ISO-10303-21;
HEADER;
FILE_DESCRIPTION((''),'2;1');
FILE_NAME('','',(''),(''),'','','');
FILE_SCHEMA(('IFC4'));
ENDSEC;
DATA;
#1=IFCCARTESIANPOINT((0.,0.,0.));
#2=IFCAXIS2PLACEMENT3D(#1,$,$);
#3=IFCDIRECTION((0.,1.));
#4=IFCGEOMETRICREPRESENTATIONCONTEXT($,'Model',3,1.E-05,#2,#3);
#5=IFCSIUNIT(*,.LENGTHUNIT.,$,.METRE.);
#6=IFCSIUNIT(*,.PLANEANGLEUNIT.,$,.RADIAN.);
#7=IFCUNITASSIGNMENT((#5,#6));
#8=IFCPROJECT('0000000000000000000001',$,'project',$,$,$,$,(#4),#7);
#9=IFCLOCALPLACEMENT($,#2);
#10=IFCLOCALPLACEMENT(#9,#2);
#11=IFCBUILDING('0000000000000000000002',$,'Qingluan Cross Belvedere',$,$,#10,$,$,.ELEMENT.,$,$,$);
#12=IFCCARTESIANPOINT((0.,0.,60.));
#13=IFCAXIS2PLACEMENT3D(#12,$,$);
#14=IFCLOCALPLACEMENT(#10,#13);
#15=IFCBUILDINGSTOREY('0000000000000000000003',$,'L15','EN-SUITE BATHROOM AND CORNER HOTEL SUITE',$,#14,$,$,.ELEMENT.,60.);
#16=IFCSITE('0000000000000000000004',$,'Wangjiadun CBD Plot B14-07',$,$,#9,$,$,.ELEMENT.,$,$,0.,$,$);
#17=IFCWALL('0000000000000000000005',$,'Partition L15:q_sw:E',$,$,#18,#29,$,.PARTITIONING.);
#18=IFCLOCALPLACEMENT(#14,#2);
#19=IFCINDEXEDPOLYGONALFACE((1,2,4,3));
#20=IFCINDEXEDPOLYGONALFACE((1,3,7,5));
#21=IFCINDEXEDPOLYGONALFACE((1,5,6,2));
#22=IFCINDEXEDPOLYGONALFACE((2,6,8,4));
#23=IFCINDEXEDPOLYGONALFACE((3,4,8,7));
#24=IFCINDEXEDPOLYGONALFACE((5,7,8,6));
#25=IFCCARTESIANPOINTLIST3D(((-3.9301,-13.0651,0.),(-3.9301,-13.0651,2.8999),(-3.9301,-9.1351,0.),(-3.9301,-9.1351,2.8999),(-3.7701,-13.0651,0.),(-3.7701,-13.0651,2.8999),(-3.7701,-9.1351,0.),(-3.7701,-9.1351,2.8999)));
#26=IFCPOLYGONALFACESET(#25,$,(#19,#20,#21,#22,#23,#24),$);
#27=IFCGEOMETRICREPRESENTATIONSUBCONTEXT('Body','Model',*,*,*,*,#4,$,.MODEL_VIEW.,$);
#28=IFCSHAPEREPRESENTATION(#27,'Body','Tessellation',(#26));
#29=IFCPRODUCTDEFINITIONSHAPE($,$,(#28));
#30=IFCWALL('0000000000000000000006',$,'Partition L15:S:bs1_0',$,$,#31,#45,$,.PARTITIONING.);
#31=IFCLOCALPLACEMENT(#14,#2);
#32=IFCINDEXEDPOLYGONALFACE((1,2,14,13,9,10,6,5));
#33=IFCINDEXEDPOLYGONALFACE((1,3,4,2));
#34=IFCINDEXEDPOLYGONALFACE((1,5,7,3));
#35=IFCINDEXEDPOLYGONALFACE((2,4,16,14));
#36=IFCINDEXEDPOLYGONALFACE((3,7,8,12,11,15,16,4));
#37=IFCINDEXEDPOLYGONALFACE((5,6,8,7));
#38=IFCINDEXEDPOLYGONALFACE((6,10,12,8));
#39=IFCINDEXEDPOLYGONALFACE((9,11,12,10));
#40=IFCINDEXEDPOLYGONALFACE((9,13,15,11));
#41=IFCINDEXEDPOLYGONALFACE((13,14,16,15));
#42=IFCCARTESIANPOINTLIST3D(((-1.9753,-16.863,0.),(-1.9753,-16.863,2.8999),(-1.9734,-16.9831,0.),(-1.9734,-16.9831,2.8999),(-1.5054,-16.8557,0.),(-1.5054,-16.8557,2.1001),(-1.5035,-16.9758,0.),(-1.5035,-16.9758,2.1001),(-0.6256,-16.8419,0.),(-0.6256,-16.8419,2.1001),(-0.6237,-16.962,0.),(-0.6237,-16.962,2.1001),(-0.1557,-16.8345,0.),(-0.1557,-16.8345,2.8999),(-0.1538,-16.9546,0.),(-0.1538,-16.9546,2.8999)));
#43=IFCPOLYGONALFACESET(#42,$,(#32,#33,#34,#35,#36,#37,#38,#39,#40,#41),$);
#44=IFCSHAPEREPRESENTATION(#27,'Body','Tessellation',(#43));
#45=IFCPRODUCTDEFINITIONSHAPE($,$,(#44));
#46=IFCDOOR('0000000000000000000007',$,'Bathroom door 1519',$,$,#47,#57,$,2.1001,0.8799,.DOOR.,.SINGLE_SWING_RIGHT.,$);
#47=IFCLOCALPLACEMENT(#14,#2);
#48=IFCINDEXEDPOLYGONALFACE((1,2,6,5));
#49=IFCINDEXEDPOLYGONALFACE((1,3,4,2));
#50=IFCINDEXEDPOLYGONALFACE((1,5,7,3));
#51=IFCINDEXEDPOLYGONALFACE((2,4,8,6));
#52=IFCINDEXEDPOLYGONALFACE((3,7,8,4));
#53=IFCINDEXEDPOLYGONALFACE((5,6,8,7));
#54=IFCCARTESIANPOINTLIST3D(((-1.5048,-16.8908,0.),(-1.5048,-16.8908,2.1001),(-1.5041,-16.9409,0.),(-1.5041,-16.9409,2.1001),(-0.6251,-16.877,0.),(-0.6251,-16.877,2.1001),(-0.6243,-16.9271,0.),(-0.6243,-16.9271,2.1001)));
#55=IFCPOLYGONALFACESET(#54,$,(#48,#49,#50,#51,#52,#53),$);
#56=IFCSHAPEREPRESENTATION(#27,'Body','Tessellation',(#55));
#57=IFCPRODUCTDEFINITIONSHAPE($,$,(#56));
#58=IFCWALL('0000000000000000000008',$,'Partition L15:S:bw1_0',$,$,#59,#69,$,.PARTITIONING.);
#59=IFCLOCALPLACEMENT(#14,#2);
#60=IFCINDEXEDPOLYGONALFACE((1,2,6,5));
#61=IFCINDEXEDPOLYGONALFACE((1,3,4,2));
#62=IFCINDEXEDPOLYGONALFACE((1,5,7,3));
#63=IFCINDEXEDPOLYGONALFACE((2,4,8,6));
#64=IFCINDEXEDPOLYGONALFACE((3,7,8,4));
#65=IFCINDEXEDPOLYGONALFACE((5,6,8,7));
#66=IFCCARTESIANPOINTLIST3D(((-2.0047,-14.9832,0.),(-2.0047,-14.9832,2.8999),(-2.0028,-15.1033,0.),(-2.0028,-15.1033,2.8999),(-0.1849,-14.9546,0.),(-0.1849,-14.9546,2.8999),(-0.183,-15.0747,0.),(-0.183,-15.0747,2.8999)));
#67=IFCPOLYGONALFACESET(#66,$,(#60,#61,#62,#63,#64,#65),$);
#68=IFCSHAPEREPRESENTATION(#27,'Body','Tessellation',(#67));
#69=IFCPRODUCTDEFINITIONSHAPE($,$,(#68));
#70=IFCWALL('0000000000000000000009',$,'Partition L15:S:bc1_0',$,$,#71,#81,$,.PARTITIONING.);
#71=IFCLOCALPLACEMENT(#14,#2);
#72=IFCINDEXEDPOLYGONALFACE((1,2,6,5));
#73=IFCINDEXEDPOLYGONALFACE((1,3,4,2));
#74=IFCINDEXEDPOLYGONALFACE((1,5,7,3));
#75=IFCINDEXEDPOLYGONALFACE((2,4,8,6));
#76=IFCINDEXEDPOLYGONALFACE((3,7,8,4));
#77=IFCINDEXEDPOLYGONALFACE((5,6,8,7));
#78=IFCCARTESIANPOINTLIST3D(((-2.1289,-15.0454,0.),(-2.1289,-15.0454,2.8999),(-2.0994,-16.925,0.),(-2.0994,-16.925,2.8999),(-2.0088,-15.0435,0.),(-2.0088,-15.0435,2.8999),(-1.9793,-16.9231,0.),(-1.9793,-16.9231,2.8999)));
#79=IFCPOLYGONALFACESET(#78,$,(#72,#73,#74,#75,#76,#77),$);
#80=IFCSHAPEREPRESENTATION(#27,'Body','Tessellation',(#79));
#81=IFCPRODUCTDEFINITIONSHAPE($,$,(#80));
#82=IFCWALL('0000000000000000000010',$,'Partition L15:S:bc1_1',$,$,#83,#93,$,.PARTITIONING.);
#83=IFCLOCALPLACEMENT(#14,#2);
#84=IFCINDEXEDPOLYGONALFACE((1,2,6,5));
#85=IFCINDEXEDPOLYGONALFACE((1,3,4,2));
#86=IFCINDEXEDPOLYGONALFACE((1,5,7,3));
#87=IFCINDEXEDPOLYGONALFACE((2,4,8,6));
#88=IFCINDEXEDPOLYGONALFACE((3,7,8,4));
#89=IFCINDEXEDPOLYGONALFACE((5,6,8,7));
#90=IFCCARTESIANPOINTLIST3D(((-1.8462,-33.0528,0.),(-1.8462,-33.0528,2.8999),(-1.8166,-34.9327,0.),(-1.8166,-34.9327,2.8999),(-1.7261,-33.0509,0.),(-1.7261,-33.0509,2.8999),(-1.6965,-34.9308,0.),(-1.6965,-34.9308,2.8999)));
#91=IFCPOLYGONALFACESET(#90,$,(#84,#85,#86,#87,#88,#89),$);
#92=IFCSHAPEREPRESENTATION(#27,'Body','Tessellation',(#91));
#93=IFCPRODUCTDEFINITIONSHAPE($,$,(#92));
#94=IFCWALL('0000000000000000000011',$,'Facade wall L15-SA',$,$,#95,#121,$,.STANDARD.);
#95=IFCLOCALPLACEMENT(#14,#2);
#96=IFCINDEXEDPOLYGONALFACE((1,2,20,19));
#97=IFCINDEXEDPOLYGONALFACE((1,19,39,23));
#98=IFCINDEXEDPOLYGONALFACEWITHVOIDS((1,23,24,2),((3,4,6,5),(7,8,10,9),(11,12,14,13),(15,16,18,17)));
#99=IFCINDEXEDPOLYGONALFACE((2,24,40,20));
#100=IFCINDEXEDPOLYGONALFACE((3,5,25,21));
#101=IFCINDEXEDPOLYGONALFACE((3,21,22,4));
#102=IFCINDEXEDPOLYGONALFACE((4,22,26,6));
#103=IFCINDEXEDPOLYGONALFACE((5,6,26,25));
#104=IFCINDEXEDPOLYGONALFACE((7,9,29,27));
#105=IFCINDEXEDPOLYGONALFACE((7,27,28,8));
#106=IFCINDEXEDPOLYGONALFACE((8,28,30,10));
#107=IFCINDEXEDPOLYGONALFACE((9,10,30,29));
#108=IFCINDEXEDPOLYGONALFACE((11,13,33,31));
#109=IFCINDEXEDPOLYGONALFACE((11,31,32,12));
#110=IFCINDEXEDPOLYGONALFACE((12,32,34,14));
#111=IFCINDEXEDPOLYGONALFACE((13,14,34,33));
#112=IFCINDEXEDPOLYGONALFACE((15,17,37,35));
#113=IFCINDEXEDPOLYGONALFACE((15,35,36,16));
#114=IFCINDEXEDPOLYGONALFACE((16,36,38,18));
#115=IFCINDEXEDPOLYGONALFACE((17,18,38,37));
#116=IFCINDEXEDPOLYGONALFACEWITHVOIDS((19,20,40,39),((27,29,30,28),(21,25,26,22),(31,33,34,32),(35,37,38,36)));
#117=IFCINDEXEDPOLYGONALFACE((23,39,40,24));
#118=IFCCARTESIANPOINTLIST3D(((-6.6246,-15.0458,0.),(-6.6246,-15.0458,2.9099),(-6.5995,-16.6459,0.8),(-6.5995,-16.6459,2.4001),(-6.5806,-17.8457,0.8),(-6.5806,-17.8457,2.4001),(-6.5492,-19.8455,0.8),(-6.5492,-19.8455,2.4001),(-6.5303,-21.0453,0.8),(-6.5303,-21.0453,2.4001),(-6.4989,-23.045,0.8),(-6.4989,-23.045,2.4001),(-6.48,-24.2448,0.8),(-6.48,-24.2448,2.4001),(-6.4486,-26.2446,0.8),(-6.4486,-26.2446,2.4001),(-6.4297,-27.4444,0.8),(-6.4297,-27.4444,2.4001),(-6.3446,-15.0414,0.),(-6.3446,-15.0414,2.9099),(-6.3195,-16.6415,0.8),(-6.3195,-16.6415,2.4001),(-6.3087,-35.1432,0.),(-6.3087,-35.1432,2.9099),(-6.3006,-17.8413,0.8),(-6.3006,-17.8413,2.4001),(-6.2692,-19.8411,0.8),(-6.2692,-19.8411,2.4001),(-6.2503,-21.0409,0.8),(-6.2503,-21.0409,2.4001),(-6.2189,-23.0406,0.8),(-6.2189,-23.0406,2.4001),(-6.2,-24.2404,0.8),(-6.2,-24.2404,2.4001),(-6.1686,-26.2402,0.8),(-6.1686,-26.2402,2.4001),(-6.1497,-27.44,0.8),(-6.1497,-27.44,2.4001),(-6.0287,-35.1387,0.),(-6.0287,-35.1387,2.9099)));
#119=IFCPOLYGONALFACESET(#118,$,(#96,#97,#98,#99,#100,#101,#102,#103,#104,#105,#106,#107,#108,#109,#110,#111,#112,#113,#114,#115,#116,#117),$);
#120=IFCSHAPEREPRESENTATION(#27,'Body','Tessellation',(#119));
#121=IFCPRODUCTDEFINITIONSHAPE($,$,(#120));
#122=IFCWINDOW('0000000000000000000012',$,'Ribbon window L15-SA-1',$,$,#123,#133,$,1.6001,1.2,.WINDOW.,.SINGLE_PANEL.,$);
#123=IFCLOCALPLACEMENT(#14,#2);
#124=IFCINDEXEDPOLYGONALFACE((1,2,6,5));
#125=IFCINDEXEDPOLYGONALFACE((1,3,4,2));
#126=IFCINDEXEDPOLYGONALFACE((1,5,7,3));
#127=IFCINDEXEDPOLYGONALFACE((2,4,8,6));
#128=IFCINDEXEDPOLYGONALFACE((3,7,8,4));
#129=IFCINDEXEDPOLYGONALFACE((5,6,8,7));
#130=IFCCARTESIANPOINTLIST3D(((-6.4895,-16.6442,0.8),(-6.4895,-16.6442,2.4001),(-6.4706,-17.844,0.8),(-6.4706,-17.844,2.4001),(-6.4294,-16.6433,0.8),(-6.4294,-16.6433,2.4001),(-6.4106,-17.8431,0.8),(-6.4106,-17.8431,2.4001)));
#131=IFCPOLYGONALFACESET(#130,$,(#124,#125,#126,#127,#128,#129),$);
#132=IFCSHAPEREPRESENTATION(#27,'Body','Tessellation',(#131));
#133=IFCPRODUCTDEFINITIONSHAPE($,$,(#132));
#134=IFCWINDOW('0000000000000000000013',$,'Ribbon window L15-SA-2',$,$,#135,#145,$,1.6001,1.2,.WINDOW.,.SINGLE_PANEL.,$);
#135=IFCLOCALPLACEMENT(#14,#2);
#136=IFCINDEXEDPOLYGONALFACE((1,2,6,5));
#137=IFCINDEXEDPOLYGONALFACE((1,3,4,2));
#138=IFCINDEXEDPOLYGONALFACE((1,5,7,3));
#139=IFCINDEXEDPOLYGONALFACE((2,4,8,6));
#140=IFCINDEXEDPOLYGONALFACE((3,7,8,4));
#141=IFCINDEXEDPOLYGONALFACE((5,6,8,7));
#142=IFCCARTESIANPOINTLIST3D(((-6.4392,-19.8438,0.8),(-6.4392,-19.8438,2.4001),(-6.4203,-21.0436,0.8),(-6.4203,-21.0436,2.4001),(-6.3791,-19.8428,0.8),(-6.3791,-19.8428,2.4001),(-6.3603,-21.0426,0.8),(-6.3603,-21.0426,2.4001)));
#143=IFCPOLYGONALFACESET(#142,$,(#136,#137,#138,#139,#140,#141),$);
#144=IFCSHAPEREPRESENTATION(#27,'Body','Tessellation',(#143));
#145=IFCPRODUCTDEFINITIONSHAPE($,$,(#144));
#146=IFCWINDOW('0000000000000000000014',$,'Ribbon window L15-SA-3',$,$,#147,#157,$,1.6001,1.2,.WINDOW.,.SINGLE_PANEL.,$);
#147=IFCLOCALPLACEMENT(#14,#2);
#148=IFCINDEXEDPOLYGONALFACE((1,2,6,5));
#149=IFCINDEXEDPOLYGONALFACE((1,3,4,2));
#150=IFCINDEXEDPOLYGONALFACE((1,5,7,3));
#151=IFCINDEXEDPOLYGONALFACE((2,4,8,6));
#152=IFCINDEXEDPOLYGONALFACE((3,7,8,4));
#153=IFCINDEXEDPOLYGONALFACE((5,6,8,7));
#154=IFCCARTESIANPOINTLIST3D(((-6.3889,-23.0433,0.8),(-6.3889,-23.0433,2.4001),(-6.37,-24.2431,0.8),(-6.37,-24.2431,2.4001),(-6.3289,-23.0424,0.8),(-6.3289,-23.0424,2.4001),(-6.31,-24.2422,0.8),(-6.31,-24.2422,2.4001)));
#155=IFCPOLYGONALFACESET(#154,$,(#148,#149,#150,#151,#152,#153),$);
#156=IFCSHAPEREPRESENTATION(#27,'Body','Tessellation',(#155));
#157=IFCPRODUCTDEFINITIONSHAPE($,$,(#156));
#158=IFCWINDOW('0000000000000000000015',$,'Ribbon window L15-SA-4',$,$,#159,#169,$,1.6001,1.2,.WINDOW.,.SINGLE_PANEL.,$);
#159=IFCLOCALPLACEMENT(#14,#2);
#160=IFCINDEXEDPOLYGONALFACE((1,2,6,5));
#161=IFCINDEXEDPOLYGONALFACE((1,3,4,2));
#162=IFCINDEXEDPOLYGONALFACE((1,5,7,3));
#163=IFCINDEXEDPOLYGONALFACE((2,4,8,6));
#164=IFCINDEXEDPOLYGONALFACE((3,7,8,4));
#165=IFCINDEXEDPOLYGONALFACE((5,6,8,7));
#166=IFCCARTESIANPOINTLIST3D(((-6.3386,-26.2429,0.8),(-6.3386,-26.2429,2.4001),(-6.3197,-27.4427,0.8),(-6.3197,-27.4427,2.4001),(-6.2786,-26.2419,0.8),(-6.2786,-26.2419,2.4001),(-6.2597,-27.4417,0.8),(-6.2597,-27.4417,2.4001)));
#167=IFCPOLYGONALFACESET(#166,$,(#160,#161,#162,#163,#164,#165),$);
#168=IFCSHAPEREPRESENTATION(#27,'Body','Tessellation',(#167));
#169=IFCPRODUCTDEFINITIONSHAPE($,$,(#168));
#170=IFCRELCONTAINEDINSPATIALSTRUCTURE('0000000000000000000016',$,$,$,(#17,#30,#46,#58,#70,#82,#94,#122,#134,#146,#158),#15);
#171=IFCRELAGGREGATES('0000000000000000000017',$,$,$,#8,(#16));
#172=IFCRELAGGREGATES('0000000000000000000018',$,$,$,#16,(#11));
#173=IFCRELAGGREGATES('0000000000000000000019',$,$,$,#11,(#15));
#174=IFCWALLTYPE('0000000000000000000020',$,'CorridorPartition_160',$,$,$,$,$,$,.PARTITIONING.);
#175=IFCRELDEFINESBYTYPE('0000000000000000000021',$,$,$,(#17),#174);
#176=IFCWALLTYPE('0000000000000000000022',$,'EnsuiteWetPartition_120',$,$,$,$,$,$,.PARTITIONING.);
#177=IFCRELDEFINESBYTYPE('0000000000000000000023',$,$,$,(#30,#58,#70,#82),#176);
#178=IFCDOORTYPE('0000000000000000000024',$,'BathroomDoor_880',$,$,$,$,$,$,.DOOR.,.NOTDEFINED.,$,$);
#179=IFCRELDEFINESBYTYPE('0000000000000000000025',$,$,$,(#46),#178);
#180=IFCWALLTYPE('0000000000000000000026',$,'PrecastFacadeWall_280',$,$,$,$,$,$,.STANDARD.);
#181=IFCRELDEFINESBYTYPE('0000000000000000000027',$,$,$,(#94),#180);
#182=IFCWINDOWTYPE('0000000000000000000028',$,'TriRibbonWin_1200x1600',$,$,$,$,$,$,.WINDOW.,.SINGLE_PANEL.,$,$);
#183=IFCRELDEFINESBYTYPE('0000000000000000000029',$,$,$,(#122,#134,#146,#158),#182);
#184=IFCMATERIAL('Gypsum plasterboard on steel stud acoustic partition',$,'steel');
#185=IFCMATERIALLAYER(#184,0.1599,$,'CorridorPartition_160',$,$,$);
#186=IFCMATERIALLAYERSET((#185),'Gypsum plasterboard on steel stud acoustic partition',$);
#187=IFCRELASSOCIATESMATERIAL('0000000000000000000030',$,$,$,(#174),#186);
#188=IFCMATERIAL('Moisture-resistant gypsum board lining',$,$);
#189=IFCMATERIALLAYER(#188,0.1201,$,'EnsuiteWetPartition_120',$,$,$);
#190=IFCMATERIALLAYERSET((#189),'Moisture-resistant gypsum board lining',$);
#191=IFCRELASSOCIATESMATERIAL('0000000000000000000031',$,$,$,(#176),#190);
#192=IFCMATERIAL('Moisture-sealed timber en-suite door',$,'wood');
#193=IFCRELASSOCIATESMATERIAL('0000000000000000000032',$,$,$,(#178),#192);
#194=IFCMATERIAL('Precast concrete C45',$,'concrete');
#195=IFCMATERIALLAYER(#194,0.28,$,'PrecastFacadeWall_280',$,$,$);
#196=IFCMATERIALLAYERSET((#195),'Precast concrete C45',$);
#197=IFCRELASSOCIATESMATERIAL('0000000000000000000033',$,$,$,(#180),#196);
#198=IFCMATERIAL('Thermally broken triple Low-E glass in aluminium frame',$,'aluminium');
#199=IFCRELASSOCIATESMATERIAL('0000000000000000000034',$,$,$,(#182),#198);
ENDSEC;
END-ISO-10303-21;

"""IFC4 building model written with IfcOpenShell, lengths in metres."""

from ifc_helpers import new_model, si_unit, direction, frame, frame_2d, origin, place, context, subcontext, project, spatial, rectangle, extrude, material, layer, layer_set, type_object, element, fill, save


model = new_model("IFC4")

# Units and contexts
model_context = context("Model", 3, precision=1e-05, world=origin(), true_north=direction((0.0, 1.0)))
body_context = subcontext(model_context, "Body", "Model", "MODEL_VIEW")
ifc_project = project(units=[si_unit("LENGTHUNIT", "METRE"), si_unit("PLANEANGLEUNIT", "RADIAN")], contexts=[model_context])

# Site, building, storey
site_placement = place(None, origin())
site = spatial("IfcSite", under=ifc_project, at=site_placement, Name="Wangjiadun CBD Plot B14-07", CompositionType="ELEMENT", RefElevation=0.0)
building_placement = place(site_placement, origin())
building = spatial("IfcBuilding", under=site, at=building_placement, Name="Qingluan Cross Belvedere", CompositionType="ELEMENT")
storey_placement = place(building_placement, frame((0.0, 0.0, 60.0)))
storey = spatial("IfcBuildingStorey", under=building, at=storey_placement, Name="L15", Description="EN-SUITE BATHROOM AND CORNER HOTEL SUITE", CompositionType="ELEMENT", Elevation=60.0)

# Wall
ifc_material_1 = material(Name="Gypsum plasterboard on steel stud acoustic partition", Category="steel")
ifc_layer_1 = layer(ifc_material_1, 0.1599, Name="CorridorPartition_160")
ifc_layer_set_1 = layer_set([ifc_layer_1], Name="Gypsum plasterboard on steel stud acoustic partition")
wall_type_1 = type_object("IfcWallType", Name="CorridorPartition_160", PredefinedType="PARTITIONING", material=ifc_layer_set_1)
wall_1_placement = place(storey_placement, frame((-3.8501, -13.0649, 0.0), z_axis=(0.0, 0.0, 1.0), x_axis=(0.0, 1.0, 0.0)))
element("IfcWall", 1, at=wall_1_placement, inside=storey, type_object=wall_type_1, Name="Partition L15:q_sw:E", PredefinedType="PARTITIONING", context=body_context, shape_type="SweptSolid", body=[
    extrude(rectangle(XDim=3.9299, YDim=0.1599, at=frame_2d((1.9648, 0.0))), origin(), (0.0, 0.0, 1.0), 2.8999),
])

# Wall, opening, door
ifc_material_2 = material(Name="Moisture-resistant gypsum board lining")
ifc_layer_2 = layer(ifc_material_2, 0.1201, Name="EnsuiteWetPartition_120")
ifc_layer_set_2 = layer_set([ifc_layer_2], Name="Moisture-resistant gypsum board lining")
wall_type_2 = type_object("IfcWallType", Name="EnsuiteWetPartition_120", PredefinedType="PARTITIONING", material=ifc_layer_set_2)
wall_2_placement = place(storey_placement, frame((-1.9744, -16.9231, 0.0), z_axis=(0.0, 0.0, 1.0), x_axis=(0.999877, 0.015696, 0.0)))
wall_2 = element("IfcWall", 2, at=wall_2_placement, inside=storey, type_object=wall_type_2, Name="Partition L15:S:bs1_0", PredefinedType="PARTITIONING", context=body_context, shape_type="SweptSolid", body=[
    extrude(rectangle(XDim=1.8198, YDim=0.1201, at=frame_2d((0.9099, 0.0))), origin(), (0.0, 0.0, 1.0), 2.8999),
])
opening_1_placement = place(wall_2_placement, frame((0.47, 0.0, 0.0)))
opening_1 = element("IfcOpeningElement", 3, at=opening_1_placement, cuts=wall_2, PredefinedType="OPENING", context=body_context, shape_type="SweptSolid", body=[
    extrude(rectangle(XDim=0.8799, YDim=2.1001, at=frame_2d((0.4399, 1.05))), frame((0.0, 0.0701, 0.0), z_axis=(0.0, -1.0, 0.0), x_axis=(1.0, 0.0, 0.0)), (0.0, 0.0, 1.0), 0.1401),
])
ifc_material_3 = material(Name="Moisture-sealed timber en-suite door", Category="wood")
door_type = type_object("IfcDoorType", Name="BathroomDoor_880", OperationType="NOTDEFINED", PredefinedType="DOOR", material=ifc_material_3)
door_placement = place(opening_1_placement, origin())
door = element("IfcDoor", 4, at=door_placement, inside=storey, type_object=door_type, Name="Bathroom door 1519", OperationType="SINGLE_SWING_RIGHT", OverallHeight=2.1001, OverallWidth=0.8799, PredefinedType="DOOR", context=body_context, shape_type="SweptSolid", body=[
    extrude(rectangle(XDim=0.8799, YDim=2.1001, at=frame_2d((0.4399, 1.05))), frame((0.0, 0.0249, 0.0), z_axis=(0.0, -1.0, 0.0), x_axis=(1.0, 0.0, 0.0)), (0.0, 0.0, 1.0), 0.05),
])
fill(opening_1, door)

# Walls
wall_3_placement = place(storey_placement, frame((-2.0039, -15.0432, 0.0), z_axis=(0.0, 0.0, 1.0), x_axis=(0.999877, 0.015694, 0.0)))
element("IfcWall", 5, at=wall_3_placement, inside=storey, type_object=wall_type_2, Name="Partition L15:S:bw1_0", PredefinedType="PARTITIONING", context=body_context, shape_type="SweptSolid", body=[
    extrude(rectangle(XDim=1.8201, YDim=0.1201, at=frame_2d((0.9102, 0.0))), origin(), (0.0, 0.0, 1.0), 2.8999),
])
wall_4_placement = place(storey_placement, frame((-2.0688, -15.0444, 0.0), z_axis=(0.0, 0.0, 1.0), x_axis=(0.015714, -0.999877, 0.0)))
element("IfcWall", 6, at=wall_4_placement, inside=storey, type_object=wall_type_2, Name="Partition L15:S:bc1_0", PredefinedType="PARTITIONING", context=body_context, shape_type="SweptSolid", body=[
    extrude(rectangle(XDim=1.8799, YDim=0.1201, at=frame_2d((0.9399, 0.0))), origin(), (0.0, 0.0, 1.0), 2.8999),
])
wall_5_placement = place(storey_placement, frame((-1.7861, -33.052, 0.0), z_axis=(0.0, 0.0, 1.0), x_axis=(0.015712, -0.999877, 0.0)))
element("IfcWall", 7, at=wall_5_placement, inside=storey, type_object=wall_type_2, Name="Partition L15:S:bc1_1", PredefinedType="PARTITIONING", context=body_context, shape_type="SweptSolid", body=[
    extrude(rectangle(XDim=1.8801, YDim=0.1201, at=frame_2d((0.9399, 0.0))), origin(), (0.0, 0.0, 1.0), 2.8999),
])

# Wall, openings, windows
ifc_material_4 = material(Name="Precast concrete C45", Category="concrete")
ifc_layer_3 = layer(ifc_material_4, 0.28, Name="PrecastFacadeWall_280")
ifc_layer_set_3 = layer_set([ifc_layer_3], Name="Precast concrete C45")
wall_type_3 = type_object("IfcWallType", Name="PrecastFacadeWall_280", PredefinedType="STANDARD", material=ifc_layer_set_3)
wall_6_placement = place(storey_placement, frame((-6.4846, -15.0437, 0.0), z_axis=(0.0, 0.0, 1.0), x_axis=(0.015717, -0.999876, 0.0)))
wall_6 = element("IfcWall", 8, at=wall_6_placement, inside=storey, type_object=wall_type_3, Name="Facade wall L15-SA", PredefinedType="STANDARD", context=body_context, shape_type="SweptSolid", body=[
    extrude(rectangle(XDim=20.0999, YDim=0.28, at=frame_2d((10.0498, 0.0))), origin(), (0.0, 0.0, 1.0), 2.9099),
])
opening_2_placement = place(wall_6_placement, frame((1.6001, 0.0, 0.8)))
opening_2 = element("IfcOpeningElement", 9, at=opening_2_placement, cuts=wall_6, PredefinedType="OPENING", context=body_context, shape_type="SweptSolid", body=[
    extrude(rectangle(XDim=1.2, YDim=1.6001, at=frame_2d((0.6001, 0.8))), frame((0.0, 0.1499, 0.0), z_axis=(0.0, -1.0, 0.0), x_axis=(1.0, 0.0, 0.0)), (0.0, 0.0, 1.0), 0.3),
])
opening_3_placement = place(wall_6_placement, frame((4.8, 0.0, 0.8)))
opening_3 = element("IfcOpeningElement", 10, at=opening_3_placement, cuts=wall_6, PredefinedType="OPENING", context=body_context, shape_type="SweptSolid", body=[
    extrude(rectangle(XDim=1.2, YDim=1.6001, at=frame_2d((0.6001, 0.8))), frame((0.0, 0.1499, 0.0), z_axis=(0.0, -1.0, 0.0), x_axis=(1.0, 0.0, 0.0)), (0.0, 0.0, 1.0), 0.3),
])
opening_4_placement = place(wall_6_placement, frame((8.0, 0.0, 0.8)))
opening_4 = element("IfcOpeningElement", 11, at=opening_4_placement, cuts=wall_6, PredefinedType="OPENING", context=body_context, shape_type="SweptSolid", body=[
    extrude(rectangle(XDim=1.2, YDim=1.6001, at=frame_2d((0.6001, 0.8))), frame((0.0, 0.1499, 0.0), z_axis=(0.0, -1.0, 0.0), x_axis=(1.0, 0.0, 0.0)), (0.0, 0.0, 1.0), 0.3),
])
opening_5_placement = place(wall_6_placement, frame((11.2, 0.0, 0.8)))
opening_5 = element("IfcOpeningElement", 12, at=opening_5_placement, cuts=wall_6, PredefinedType="OPENING", context=body_context, shape_type="SweptSolid", body=[
    extrude(rectangle(XDim=1.2, YDim=1.6001, at=frame_2d((0.6001, 0.8))), frame((0.0, 0.1499, 0.0), z_axis=(0.0, -1.0, 0.0), x_axis=(1.0, 0.0, 0.0)), (0.0, 0.0, 1.0), 0.3),
])
ifc_material_5 = material(Name="Thermally broken triple Low-E glass in aluminium frame", Category="aluminium")
window_type_1 = type_object("IfcWindowType", Name="TriRibbonWin_1200x1600", PartitioningType="SINGLE_PANEL", PredefinedType="WINDOW", material=ifc_material_5)
window_1_placement = place(opening_2_placement, origin())
window_1 = element("IfcWindow", 13, at=window_1_placement, inside=storey, type_object=window_type_1, Name="Ribbon window L15-SA-1", OverallHeight=1.6001, OverallWidth=1.2, PartitioningType="SINGLE_PANEL", PredefinedType="WINDOW", context=body_context, shape_type="SweptSolid", body=[
    extrude(rectangle(XDim=1.2, YDim=1.6001, at=frame_2d((0.6001, 0.8))), frame((0.0, 0.03, 0.0), z_axis=(0.0, -1.0, 0.0), x_axis=(1.0, 0.0, 0.0)), (0.0, 0.0, 1.0), 0.0601),
])
fill(opening_2, window_1)
window_2_placement = place(opening_3_placement, origin())
window_2 = element("IfcWindow", 14, at=window_2_placement, inside=storey, type_object=window_type_1, Name="Ribbon window L15-SA-2", OverallHeight=1.6001, OverallWidth=1.2, PartitioningType="SINGLE_PANEL", PredefinedType="WINDOW", context=body_context, shape_type="SweptSolid", body=[
    extrude(rectangle(XDim=1.2, YDim=1.6001, at=frame_2d((0.6001, 0.8))), frame((0.0, 0.03, 0.0), z_axis=(0.0, -1.0, 0.0), x_axis=(1.0, 0.0, 0.0)), (0.0, 0.0, 1.0), 0.0601),
])
fill(opening_3, window_2)
window_3_placement = place(opening_4_placement, origin())
window_3 = element("IfcWindow", 15, at=window_3_placement, inside=storey, type_object=window_type_1, Name="Ribbon window L15-SA-3", OverallHeight=1.6001, OverallWidth=1.2, PartitioningType="SINGLE_PANEL", PredefinedType="WINDOW", context=body_context, shape_type="SweptSolid", body=[
    extrude(rectangle(XDim=1.2, YDim=1.6001, at=frame_2d((0.6001, 0.8))), frame((0.0, 0.03, 0.0), z_axis=(0.0, -1.0, 0.0), x_axis=(1.0, 0.0, 0.0)), (0.0, 0.0, 1.0), 0.0601),
])
fill(opening_4, window_3)
window_4_placement = place(opening_5_placement, origin())
window_4 = element("IfcWindow", 16, at=window_4_placement, inside=storey, type_object=window_type_1, Name="Ribbon window L15-SA-4", OverallHeight=1.6001, OverallWidth=1.2, PartitioningType="SINGLE_PANEL", PredefinedType="WINDOW", context=body_context, shape_type="SweptSolid", body=[
    extrude(rectangle(XDim=1.2, YDim=1.6001, at=frame_2d((0.6001, 0.8))), frame((0.0, 0.03, 0.0), z_axis=(0.0, -1.0, 0.0), x_axis=(1.0, 0.0, 0.0)), (0.0, 0.0, 1.0), 0.0601),
])
fill(opening_5, window_4)

save(model, "model.ifc")
